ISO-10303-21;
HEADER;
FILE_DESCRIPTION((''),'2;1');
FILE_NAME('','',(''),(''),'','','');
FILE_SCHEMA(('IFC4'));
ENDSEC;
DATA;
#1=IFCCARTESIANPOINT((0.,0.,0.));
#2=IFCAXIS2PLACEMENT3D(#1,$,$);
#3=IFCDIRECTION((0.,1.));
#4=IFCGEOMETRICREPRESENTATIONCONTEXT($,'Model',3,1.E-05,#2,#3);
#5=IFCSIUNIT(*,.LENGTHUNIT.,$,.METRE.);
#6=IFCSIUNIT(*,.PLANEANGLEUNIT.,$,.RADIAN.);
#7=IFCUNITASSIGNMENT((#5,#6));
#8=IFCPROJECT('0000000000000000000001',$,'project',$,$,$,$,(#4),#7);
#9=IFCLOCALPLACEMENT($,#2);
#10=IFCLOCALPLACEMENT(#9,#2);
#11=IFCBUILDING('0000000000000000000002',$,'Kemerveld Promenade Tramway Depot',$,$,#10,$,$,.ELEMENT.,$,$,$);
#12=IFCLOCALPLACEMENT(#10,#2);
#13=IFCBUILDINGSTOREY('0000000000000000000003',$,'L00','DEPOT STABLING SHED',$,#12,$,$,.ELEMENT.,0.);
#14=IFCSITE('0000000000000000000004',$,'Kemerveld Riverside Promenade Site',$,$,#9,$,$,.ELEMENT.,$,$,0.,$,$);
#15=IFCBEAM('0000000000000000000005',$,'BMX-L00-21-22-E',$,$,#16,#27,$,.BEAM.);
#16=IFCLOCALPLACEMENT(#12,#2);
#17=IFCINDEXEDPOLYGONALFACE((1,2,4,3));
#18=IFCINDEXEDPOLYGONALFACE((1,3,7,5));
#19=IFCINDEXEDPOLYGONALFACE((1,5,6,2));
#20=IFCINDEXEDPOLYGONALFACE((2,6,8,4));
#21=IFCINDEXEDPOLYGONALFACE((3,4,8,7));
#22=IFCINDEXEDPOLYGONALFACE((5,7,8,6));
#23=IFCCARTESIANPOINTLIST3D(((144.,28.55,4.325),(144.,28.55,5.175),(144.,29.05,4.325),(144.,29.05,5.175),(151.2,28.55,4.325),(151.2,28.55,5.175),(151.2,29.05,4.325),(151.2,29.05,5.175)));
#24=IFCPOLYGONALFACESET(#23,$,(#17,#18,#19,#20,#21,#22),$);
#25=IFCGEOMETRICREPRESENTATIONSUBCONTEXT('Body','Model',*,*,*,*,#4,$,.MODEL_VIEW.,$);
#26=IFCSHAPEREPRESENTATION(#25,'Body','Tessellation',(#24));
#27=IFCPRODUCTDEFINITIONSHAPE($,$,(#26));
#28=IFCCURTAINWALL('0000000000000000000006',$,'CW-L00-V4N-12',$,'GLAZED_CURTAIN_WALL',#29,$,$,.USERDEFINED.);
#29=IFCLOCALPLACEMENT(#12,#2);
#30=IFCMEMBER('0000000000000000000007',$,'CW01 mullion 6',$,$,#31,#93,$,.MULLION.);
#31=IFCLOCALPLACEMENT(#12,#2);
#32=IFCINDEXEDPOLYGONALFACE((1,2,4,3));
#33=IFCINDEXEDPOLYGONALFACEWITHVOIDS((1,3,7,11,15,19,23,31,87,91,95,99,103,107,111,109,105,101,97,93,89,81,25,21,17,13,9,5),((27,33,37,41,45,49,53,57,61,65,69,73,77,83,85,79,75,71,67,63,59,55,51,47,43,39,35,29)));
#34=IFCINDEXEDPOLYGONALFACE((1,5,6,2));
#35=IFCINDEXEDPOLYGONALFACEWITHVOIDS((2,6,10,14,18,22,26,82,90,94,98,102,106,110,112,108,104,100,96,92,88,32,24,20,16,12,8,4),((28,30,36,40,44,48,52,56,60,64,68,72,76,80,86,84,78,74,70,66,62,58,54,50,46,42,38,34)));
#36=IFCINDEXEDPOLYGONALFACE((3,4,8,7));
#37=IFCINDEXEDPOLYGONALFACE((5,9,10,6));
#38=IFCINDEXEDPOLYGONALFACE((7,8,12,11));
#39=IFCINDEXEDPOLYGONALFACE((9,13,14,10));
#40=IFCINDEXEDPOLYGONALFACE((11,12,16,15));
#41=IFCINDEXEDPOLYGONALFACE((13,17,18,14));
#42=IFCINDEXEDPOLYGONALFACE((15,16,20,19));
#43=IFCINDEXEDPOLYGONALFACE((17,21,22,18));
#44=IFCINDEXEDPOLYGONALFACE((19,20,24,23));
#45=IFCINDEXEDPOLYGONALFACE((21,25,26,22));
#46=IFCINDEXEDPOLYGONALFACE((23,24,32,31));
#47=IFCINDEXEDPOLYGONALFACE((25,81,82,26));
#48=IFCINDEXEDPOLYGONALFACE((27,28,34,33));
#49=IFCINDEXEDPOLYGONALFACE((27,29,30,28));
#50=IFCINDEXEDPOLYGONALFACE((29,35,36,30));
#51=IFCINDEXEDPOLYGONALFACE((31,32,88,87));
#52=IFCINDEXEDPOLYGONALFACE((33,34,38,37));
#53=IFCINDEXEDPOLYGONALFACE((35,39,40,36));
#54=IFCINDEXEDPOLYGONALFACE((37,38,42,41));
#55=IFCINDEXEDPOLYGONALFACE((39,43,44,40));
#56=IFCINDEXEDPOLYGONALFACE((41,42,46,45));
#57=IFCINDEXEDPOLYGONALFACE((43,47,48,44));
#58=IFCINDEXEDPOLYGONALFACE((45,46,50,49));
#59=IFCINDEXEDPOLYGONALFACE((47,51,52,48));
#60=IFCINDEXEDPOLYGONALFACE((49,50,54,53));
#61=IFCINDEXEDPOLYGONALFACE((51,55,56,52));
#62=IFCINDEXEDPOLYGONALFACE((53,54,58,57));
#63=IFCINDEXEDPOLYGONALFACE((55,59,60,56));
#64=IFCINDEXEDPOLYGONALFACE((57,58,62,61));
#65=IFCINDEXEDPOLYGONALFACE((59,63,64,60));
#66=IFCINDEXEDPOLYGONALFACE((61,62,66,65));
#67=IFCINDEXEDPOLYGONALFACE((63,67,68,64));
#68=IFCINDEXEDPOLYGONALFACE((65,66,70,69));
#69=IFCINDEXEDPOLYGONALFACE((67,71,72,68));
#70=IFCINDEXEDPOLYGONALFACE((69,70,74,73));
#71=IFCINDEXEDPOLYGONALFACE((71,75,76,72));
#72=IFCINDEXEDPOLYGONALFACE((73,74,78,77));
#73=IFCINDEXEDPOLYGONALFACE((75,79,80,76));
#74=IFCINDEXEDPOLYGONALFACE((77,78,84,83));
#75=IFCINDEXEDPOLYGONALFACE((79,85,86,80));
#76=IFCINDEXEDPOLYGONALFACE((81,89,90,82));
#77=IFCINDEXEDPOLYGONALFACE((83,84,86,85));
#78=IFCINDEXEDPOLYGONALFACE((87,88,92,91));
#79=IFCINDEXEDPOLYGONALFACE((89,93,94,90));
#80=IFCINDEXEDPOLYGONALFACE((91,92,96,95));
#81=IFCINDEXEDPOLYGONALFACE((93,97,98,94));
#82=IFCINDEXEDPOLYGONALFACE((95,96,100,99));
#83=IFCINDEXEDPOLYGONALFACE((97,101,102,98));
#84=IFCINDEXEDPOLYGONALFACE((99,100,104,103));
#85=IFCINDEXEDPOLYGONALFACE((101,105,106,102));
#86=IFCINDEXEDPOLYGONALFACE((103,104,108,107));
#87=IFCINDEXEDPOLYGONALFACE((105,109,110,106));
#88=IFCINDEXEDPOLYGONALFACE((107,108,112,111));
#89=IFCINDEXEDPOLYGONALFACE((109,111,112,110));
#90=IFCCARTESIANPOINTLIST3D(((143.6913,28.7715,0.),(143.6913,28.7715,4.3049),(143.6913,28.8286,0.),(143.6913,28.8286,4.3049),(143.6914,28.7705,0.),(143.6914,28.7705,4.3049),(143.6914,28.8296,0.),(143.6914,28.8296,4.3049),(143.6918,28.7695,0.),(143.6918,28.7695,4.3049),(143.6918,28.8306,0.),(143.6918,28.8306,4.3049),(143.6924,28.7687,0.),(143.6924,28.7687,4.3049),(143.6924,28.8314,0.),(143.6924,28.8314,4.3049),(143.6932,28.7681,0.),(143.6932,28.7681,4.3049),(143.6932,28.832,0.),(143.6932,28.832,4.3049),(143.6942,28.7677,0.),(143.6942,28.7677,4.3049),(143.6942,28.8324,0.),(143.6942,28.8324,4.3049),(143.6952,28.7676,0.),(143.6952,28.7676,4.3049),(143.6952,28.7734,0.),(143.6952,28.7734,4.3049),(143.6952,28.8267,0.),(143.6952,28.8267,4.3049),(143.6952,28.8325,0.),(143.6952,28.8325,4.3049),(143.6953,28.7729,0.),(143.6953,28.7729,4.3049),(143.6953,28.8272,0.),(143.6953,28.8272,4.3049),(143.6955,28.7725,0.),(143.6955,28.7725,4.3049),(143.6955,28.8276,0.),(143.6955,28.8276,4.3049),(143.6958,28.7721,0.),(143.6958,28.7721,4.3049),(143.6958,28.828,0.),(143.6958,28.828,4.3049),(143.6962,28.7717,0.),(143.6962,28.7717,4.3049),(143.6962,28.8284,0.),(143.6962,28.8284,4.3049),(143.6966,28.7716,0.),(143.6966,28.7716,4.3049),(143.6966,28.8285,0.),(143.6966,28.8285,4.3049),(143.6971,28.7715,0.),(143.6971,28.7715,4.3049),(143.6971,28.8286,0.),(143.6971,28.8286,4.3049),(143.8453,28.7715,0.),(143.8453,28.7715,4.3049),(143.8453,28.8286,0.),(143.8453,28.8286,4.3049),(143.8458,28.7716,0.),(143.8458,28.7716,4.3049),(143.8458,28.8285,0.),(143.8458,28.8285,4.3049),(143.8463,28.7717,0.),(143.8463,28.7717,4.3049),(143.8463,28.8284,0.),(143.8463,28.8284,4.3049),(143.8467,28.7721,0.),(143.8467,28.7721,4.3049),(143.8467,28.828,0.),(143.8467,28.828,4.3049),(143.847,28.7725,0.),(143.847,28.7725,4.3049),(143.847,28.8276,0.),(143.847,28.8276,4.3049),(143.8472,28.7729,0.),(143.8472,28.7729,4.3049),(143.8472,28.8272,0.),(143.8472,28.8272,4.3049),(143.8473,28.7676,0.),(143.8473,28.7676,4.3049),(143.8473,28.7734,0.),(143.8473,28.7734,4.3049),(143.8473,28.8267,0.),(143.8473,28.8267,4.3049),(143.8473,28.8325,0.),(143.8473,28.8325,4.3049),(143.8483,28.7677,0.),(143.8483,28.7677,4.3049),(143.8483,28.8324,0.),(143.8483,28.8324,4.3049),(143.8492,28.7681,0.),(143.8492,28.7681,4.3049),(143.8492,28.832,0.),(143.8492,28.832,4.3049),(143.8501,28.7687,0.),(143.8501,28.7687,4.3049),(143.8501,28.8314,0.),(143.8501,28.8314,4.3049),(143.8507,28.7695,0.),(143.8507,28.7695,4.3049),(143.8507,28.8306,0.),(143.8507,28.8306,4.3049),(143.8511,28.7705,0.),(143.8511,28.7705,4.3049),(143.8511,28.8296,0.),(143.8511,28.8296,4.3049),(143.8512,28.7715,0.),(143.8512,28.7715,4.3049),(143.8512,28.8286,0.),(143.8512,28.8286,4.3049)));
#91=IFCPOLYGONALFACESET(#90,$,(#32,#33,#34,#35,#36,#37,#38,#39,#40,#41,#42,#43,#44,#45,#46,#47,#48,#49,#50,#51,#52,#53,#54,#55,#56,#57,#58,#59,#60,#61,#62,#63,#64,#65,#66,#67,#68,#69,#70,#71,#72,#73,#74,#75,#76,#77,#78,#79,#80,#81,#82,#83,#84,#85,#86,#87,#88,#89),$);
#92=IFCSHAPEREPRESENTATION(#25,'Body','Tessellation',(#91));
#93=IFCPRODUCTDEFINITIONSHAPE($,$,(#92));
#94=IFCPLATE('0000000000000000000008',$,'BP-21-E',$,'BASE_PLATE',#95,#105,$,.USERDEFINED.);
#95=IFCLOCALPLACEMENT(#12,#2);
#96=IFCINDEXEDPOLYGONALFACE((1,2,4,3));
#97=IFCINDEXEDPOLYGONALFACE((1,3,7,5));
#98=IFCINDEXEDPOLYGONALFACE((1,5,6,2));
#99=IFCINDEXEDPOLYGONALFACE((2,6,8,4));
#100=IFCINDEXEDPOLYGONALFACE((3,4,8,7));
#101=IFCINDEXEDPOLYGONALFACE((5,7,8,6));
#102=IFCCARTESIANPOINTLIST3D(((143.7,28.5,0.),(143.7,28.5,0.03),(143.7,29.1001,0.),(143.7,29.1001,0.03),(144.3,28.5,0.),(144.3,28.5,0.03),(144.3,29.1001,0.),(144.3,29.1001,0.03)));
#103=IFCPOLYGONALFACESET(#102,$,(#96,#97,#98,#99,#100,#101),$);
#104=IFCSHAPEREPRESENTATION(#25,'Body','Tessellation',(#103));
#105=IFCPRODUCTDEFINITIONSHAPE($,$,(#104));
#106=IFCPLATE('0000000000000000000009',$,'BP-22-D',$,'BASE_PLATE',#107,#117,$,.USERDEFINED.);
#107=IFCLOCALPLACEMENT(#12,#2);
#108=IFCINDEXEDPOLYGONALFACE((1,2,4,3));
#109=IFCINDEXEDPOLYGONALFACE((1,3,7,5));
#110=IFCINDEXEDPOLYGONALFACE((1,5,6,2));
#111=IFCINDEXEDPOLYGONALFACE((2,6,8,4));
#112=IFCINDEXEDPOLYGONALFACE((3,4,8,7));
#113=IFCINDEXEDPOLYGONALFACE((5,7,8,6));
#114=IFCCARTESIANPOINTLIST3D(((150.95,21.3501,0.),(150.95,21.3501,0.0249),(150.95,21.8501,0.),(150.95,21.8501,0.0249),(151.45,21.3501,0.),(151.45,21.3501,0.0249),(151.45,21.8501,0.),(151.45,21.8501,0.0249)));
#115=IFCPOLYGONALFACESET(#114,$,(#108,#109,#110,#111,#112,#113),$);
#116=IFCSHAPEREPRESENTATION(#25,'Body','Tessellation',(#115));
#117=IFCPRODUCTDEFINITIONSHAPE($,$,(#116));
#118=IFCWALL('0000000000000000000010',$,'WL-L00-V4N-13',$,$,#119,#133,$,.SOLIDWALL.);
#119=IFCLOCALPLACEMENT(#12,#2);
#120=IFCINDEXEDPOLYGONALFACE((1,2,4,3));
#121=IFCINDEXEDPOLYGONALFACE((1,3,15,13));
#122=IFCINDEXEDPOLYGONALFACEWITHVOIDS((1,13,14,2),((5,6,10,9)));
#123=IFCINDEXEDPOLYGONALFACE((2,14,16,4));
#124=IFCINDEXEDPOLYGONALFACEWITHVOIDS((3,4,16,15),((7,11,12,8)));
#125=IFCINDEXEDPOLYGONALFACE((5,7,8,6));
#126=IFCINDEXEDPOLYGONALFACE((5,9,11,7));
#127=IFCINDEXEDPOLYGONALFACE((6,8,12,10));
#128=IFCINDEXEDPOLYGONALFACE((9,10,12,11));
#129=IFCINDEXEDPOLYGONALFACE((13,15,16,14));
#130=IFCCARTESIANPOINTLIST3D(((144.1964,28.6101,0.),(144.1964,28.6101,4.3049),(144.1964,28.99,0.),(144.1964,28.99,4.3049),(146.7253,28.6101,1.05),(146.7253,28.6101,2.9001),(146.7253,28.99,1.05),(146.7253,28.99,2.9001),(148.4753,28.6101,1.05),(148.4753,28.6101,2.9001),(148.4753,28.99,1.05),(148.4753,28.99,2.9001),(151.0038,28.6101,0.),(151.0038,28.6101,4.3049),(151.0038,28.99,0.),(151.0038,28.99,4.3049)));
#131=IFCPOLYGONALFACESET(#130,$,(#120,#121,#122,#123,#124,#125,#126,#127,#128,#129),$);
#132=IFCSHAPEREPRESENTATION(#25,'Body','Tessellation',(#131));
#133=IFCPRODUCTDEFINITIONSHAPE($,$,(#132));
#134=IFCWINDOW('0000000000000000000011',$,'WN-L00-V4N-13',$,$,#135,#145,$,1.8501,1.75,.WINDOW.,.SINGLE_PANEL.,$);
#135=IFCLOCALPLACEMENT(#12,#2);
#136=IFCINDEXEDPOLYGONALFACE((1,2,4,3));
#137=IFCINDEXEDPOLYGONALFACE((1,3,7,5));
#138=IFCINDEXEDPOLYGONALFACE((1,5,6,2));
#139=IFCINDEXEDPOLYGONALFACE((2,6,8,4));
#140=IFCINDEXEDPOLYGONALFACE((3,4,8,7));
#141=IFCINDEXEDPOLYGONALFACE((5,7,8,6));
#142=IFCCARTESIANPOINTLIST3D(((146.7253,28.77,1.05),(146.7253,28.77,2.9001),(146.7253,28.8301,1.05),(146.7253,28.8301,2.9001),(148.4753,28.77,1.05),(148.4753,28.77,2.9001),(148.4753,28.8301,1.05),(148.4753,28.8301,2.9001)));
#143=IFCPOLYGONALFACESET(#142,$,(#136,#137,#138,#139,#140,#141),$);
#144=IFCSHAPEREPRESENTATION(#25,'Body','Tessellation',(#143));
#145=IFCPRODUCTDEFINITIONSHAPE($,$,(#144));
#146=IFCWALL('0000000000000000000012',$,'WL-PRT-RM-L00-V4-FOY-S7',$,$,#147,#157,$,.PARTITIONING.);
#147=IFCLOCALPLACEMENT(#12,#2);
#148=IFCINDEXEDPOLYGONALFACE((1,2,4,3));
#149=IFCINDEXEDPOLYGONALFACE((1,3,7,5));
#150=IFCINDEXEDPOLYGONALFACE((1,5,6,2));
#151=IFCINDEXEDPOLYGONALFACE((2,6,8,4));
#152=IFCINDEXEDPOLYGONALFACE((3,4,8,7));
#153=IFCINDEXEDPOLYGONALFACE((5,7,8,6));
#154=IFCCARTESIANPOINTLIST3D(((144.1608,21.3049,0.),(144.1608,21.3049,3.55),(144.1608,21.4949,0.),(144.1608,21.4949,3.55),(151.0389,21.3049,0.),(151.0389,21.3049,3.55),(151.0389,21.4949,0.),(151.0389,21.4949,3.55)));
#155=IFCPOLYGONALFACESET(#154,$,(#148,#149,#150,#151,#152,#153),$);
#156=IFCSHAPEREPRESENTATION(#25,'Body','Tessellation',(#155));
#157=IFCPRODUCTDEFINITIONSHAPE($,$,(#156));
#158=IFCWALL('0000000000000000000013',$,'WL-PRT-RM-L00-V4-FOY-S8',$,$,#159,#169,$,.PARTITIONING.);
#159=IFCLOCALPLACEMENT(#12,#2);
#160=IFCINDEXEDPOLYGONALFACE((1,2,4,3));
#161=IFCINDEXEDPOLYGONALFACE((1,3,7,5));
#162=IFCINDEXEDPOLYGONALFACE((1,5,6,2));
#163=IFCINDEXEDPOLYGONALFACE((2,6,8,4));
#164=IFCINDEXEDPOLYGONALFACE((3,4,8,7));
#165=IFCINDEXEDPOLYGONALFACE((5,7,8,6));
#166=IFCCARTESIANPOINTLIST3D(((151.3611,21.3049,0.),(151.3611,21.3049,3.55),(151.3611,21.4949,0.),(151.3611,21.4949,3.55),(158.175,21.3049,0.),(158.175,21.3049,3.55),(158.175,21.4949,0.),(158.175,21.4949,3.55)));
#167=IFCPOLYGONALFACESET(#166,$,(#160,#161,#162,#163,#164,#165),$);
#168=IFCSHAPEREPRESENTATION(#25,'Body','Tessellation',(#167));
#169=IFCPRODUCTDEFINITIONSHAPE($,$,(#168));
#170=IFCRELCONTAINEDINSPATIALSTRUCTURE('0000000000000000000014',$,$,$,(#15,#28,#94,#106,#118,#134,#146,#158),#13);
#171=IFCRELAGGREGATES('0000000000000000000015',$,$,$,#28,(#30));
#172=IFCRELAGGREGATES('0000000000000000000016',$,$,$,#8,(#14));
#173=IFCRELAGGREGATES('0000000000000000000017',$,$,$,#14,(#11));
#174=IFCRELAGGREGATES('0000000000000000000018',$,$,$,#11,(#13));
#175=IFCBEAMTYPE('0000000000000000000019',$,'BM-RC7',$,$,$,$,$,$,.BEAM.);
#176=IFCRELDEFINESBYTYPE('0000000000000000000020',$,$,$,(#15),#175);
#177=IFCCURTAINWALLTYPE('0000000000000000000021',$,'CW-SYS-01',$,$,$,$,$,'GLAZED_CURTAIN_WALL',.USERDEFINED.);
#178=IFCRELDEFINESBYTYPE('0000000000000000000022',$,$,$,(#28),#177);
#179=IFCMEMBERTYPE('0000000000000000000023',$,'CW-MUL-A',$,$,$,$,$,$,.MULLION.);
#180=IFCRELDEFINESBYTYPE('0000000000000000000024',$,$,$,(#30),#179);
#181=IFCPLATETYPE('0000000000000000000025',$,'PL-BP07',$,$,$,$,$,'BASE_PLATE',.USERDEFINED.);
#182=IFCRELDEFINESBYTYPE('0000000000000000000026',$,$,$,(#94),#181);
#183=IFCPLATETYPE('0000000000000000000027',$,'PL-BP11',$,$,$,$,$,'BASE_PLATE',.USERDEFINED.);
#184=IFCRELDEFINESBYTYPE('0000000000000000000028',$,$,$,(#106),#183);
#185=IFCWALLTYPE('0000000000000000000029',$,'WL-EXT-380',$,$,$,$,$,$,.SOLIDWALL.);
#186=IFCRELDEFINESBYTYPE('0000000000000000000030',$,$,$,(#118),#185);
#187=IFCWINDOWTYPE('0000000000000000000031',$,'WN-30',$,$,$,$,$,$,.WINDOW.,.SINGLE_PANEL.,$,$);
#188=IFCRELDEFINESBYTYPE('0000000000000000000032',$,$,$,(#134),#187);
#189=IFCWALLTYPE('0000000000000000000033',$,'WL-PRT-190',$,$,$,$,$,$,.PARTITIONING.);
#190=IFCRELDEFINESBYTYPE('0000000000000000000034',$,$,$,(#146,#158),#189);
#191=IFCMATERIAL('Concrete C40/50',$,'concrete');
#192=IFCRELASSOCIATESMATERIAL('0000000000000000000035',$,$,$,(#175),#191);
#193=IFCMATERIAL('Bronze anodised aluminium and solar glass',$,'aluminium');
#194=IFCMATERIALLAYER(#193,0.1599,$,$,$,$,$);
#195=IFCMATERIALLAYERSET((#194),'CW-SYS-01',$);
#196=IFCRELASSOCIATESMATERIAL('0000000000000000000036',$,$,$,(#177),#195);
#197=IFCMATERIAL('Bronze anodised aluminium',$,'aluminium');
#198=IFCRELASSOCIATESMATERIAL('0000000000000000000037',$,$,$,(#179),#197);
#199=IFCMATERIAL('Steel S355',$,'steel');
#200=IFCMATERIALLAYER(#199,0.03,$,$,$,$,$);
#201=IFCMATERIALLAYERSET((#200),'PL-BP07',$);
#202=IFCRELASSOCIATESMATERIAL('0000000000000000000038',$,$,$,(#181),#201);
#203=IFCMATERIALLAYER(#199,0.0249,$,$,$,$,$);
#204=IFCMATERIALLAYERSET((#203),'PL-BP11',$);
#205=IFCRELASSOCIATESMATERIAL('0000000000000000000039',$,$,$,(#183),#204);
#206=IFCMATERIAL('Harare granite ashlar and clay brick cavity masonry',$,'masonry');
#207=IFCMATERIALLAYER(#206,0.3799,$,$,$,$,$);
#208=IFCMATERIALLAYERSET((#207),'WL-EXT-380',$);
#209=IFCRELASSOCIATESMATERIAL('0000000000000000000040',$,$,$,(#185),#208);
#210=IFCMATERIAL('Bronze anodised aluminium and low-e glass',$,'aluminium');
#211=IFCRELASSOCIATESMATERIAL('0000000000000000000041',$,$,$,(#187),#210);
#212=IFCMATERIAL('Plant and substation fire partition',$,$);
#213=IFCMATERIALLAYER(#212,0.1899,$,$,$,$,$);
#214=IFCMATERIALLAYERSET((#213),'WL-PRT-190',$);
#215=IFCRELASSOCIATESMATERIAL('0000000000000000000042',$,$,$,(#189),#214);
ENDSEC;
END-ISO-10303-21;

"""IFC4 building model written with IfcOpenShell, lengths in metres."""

from ifc_helpers import new_model, si_unit, direction, frame, frame_2d, origin, origin_2d, place, context, subcontext, project, spatial, rectangle, hollow_rectangle, extrude, material, layer, layer_set, material_profile, profile_set, type_object, element, fill, aggregate, save


model = new_model("IFC4")

# Units and contexts
model_context = context("Model", 3, precision=1e-05, world=origin(), true_north=direction((0.0, 1.0)))
body_context = subcontext(model_context, "Body", "Model", "MODEL_VIEW")
ifc_project = project(units=[si_unit("LENGTHUNIT", "METRE"), si_unit("PLANEANGLEUNIT", "RADIAN")], contexts=[model_context])

# Site, building, storey
site_placement = place(None, origin())
site = spatial("IfcSite", under=ifc_project, at=site_placement, Name="Kemerveld Riverside Promenade Site", CompositionType="ELEMENT", RefElevation=0.0)
building_placement = place(site_placement, origin())
building = spatial("IfcBuilding", under=site, at=building_placement, Name="Kemerveld Promenade Tramway Depot", CompositionType="ELEMENT")
storey_placement = place(building_placement, origin())
storey = spatial("IfcBuildingStorey", under=building, at=storey_placement, Name="L00", Description="DEPOT STABLING SHED", CompositionType="ELEMENT", Elevation=0.0)

# Shared definitions
ifc_material_1 = material(Name="Steel S355", Category="steel")

# Beam
ifc_material_2 = material(Name="Concrete C40/50", Category="concrete")
ifc_material_profile_1 = material_profile(ifc_material_2, rectangle(XDim=0.5, YDim=0.8501, at=origin_2d()), Name="RC-BM-500x850")
ifc_profile_set_1 = profile_set([ifc_material_profile_1], Name="Concrete C40/50")
beam_type_1 = type_object("IfcBeamType", Name="BM-RC7", PredefinedType="BEAM", material=ifc_profile_set_1)
beam_placement = place(storey_placement, frame((144.0, 28.8, 4.75), z_axis=(1.0, 0.0, 0.0), x_axis=(0.0, 1.0, 0.0)))
element("IfcBeam", 1, at=beam_placement, inside=storey, type_object=beam_type_1, Name="BMX-L00-21-22-E", PredefinedType="BEAM", context=body_context, shape_type="SweptSolid", body=[
    extrude(rectangle(XDim=0.5, YDim=0.8501, at=origin_2d()), origin(), (0.0, 0.0, 1.0), 7.2),
])

# Curtain wall, member
ifc_material_3 = material(Name="Bronze anodised aluminium and solar glass", Category="aluminium")
ifc_layer_1 = layer(ifc_material_3, 0.1599)
ifc_layer_set_1 = layer_set([ifc_layer_1], Name="CW-SYS-01")
curtain_wall_type = type_object("IfcCurtainWallType", Name="CW-SYS-01", ElementType="GLAZED_CURTAIN_WALL", PredefinedType="USERDEFINED", material=ifc_layer_set_1)
curtain_wall_placement = place(storey_placement, origin())
curtain_wall = element("IfcCurtainWall", 2, at=curtain_wall_placement, inside=storey, type_object=curtain_wall_type, Name="CW-L00-V4N-12", ObjectType="GLAZED_CURTAIN_WALL", PredefinedType="USERDEFINED")
ifc_material_4 = material(Name="Bronze anodised aluminium", Category="aluminium")
ifc_material_profile_2 = material_profile(ifc_material_4, hollow_rectangle(XDim=0.0649, YDim=0.1599, WallThickness=0.0039, InnerFilletRadius=0.002, OuterFilletRadius=0.0039, at=origin_2d()), Name="CW-MUL-160x65")
ifc_profile_set_2 = profile_set([ifc_material_profile_2], Name="Bronze anodised aluminium")
member_type = type_object("IfcMemberType", Name="CW-MUL-A", PredefinedType="MULLION", material=ifc_profile_set_2)
member_placement = place(storey_placement, frame((143.7712, 28.8, 0.0), z_axis=(0.0, 0.0, 1.0), x_axis=(0.0, 1.0, 0.0)))
member = element("IfcMember", 3, at=member_placement, type_object=member_type, Name="CW01 mullion 6", PredefinedType="MULLION", context=body_context, shape_type="SweptSolid", body=[
    extrude(hollow_rectangle(XDim=0.0649, YDim=0.1599, WallThickness=0.0039, InnerFilletRadius=0.002, OuterFilletRadius=0.0039, at=origin_2d()), origin(), (0.0, 0.0, 1.0), 4.3049),
])
aggregate(curtain_wall, [member])

# Plates
ifc_layer_2 = layer(ifc_material_1, 0.03)
ifc_layer_set_2 = layer_set([ifc_layer_2], Name="PL-BP07")
plate_type_1 = type_object("IfcPlateType", Name="PL-BP07", ElementType="BASE_PLATE", PredefinedType="USERDEFINED", material=ifc_layer_set_2)
plate_1_placement = place(storey_placement, frame((144.0, 28.8, 0.0), z_axis=(0.0, 0.0, 1.0), x_axis=(1.0, 0.0, 0.0)))
element("IfcPlate", 4, at=plate_1_placement, inside=storey, type_object=plate_type_1, Name="BP-21-E", ObjectType="BASE_PLATE", PredefinedType="USERDEFINED", context=body_context, shape_type="SweptSolid", body=[
    extrude(rectangle(XDim=0.6001, YDim=0.6001, at=origin_2d()), origin(), (0.0, 0.0, 1.0), 0.03),
])
ifc_layer_3 = layer(ifc_material_1, 0.0249)
ifc_layer_set_3 = layer_set([ifc_layer_3], Name="PL-BP11")
plate_type_2 = type_object("IfcPlateType", Name="PL-BP11", ElementType="BASE_PLATE", PredefinedType="USERDEFINED", material=ifc_layer_set_3)
plate_2_placement = place(storey_placement, frame((151.2, 21.6001, 0.0), z_axis=(0.0, 0.0, 1.0), x_axis=(1.0, 0.0, 0.0)))
element("IfcPlate", 5, at=plate_2_placement, inside=storey, type_object=plate_type_2, Name="BP-22-D", ObjectType="BASE_PLATE", PredefinedType="USERDEFINED", context=body_context, shape_type="SweptSolid", body=[
    extrude(rectangle(XDim=0.5, YDim=0.5, at=origin_2d()), origin(), (0.0, 0.0, 1.0), 0.0249),
])

# Wall, opening, window
ifc_material_5 = material(Name="Harare granite ashlar and clay brick cavity masonry", Category="masonry")
ifc_layer_4 = layer(ifc_material_5, 0.3799)
ifc_layer_set_4 = layer_set([ifc_layer_4], Name="WL-EXT-380")
wall_type_1 = type_object("IfcWallType", Name="WL-EXT-380", PredefinedType="SOLIDWALL", material=ifc_layer_set_4)
wall_1_placement = place(storey_placement, frame((144.1963, 28.8, 0.0), z_axis=(0.0, 0.0, 1.0), x_axis=(1.0, 0.0, 0.0)))
wall_1 = element("IfcWall", 6, at=wall_1_placement, inside=storey, type_object=wall_type_1, Name="WL-L00-V4N-13", PredefinedType="SOLIDWALL", context=body_context, shape_type="SweptSolid", body=[
    extrude(rectangle(XDim=6.8074, YDim=0.3799, at=frame_2d((3.4038, 0.0))), origin(), (0.0, 0.0, 1.0), 4.3049),
])
opening_placement = place(wall_1_placement, frame((2.5291, 0.0, 1.05)))
opening = element("IfcOpeningElement", 7, at=opening_placement, cuts=wall_1, PredefinedType="OPENING", context=body_context, shape_type="SweptSolid", body=[
    extrude(rectangle(XDim=1.75, YDim=1.8501, at=frame_2d((0.875, 0.925))), frame((0.0, 0.2, 0.0), z_axis=(0.0, -1.0, 0.0), x_axis=(1.0, 0.0, 0.0)), (0.0, 0.0, 1.0), 0.3999),
])
ifc_material_6 = material(Name="Bronze anodised aluminium and low-e glass", Category="aluminium")
window_type = type_object("IfcWindowType", Name="WN-30", PartitioningType="SINGLE_PANEL", PredefinedType="WINDOW", material=ifc_material_6)
window_placement = place(opening_placement, origin())
window = element("IfcWindow", 8, at=window_placement, inside=storey, type_object=window_type, Name="WN-L00-V4N-13", OverallHeight=1.8501, OverallWidth=1.75, PartitioningType="SINGLE_PANEL", PredefinedType="WINDOW", context=body_context, shape_type="SweptSolid", body=[
    extrude(rectangle(XDim=1.75, YDim=1.8501, at=frame_2d((0.875, 0.925))), frame((0.0, 0.03, 0.0), z_axis=(0.0, -1.0, 0.0), x_axis=(1.0, 0.0, 0.0)), (0.0, 0.0, 1.0), 0.0601),
])
fill(opening, window)

# Walls
ifc_material_7 = material(Name="Plant and substation fire partition")
ifc_layer_5 = layer(ifc_material_7, 0.1899)
ifc_layer_set_5 = layer_set([ifc_layer_5], Name="WL-PRT-190")
wall_type_2 = type_object("IfcWallType", Name="WL-PRT-190", PredefinedType="PARTITIONING", material=ifc_layer_set_5)
wall_2_placement = place(storey_placement, frame((144.1609, 21.3999, 0.0), z_axis=(0.0, 0.0, 1.0), x_axis=(1.0, 0.0, 0.0)))
element("IfcWall", 9, at=wall_2_placement, inside=storey, type_object=wall_type_2, Name="WL-PRT-RM-L00-V4-FOY-S7", PredefinedType="PARTITIONING", context=body_context, shape_type="SweptSolid", body=[
    extrude(rectangle(XDim=6.8782, YDim=0.1899, at=frame_2d((3.439, 0.0))), origin(), (0.0, 0.0, 1.0), 3.55),
])
wall_3_placement = place(storey_placement, frame((151.3611, 21.3999, 0.0), z_axis=(0.0, 0.0, 1.0), x_axis=(1.0, 0.0, 0.0)))
element("IfcWall", 10, at=wall_3_placement, inside=storey, type_object=wall_type_2, Name="WL-PRT-RM-L00-V4-FOY-S8", PredefinedType="PARTITIONING", context=body_context, shape_type="SweptSolid", body=[
    extrude(rectangle(XDim=6.814, YDim=0.1899, at=frame_2d((3.407, 0.0))), origin(), (0.0, 0.0, 1.0), 3.55),
])

save(model, "model.ifc")
